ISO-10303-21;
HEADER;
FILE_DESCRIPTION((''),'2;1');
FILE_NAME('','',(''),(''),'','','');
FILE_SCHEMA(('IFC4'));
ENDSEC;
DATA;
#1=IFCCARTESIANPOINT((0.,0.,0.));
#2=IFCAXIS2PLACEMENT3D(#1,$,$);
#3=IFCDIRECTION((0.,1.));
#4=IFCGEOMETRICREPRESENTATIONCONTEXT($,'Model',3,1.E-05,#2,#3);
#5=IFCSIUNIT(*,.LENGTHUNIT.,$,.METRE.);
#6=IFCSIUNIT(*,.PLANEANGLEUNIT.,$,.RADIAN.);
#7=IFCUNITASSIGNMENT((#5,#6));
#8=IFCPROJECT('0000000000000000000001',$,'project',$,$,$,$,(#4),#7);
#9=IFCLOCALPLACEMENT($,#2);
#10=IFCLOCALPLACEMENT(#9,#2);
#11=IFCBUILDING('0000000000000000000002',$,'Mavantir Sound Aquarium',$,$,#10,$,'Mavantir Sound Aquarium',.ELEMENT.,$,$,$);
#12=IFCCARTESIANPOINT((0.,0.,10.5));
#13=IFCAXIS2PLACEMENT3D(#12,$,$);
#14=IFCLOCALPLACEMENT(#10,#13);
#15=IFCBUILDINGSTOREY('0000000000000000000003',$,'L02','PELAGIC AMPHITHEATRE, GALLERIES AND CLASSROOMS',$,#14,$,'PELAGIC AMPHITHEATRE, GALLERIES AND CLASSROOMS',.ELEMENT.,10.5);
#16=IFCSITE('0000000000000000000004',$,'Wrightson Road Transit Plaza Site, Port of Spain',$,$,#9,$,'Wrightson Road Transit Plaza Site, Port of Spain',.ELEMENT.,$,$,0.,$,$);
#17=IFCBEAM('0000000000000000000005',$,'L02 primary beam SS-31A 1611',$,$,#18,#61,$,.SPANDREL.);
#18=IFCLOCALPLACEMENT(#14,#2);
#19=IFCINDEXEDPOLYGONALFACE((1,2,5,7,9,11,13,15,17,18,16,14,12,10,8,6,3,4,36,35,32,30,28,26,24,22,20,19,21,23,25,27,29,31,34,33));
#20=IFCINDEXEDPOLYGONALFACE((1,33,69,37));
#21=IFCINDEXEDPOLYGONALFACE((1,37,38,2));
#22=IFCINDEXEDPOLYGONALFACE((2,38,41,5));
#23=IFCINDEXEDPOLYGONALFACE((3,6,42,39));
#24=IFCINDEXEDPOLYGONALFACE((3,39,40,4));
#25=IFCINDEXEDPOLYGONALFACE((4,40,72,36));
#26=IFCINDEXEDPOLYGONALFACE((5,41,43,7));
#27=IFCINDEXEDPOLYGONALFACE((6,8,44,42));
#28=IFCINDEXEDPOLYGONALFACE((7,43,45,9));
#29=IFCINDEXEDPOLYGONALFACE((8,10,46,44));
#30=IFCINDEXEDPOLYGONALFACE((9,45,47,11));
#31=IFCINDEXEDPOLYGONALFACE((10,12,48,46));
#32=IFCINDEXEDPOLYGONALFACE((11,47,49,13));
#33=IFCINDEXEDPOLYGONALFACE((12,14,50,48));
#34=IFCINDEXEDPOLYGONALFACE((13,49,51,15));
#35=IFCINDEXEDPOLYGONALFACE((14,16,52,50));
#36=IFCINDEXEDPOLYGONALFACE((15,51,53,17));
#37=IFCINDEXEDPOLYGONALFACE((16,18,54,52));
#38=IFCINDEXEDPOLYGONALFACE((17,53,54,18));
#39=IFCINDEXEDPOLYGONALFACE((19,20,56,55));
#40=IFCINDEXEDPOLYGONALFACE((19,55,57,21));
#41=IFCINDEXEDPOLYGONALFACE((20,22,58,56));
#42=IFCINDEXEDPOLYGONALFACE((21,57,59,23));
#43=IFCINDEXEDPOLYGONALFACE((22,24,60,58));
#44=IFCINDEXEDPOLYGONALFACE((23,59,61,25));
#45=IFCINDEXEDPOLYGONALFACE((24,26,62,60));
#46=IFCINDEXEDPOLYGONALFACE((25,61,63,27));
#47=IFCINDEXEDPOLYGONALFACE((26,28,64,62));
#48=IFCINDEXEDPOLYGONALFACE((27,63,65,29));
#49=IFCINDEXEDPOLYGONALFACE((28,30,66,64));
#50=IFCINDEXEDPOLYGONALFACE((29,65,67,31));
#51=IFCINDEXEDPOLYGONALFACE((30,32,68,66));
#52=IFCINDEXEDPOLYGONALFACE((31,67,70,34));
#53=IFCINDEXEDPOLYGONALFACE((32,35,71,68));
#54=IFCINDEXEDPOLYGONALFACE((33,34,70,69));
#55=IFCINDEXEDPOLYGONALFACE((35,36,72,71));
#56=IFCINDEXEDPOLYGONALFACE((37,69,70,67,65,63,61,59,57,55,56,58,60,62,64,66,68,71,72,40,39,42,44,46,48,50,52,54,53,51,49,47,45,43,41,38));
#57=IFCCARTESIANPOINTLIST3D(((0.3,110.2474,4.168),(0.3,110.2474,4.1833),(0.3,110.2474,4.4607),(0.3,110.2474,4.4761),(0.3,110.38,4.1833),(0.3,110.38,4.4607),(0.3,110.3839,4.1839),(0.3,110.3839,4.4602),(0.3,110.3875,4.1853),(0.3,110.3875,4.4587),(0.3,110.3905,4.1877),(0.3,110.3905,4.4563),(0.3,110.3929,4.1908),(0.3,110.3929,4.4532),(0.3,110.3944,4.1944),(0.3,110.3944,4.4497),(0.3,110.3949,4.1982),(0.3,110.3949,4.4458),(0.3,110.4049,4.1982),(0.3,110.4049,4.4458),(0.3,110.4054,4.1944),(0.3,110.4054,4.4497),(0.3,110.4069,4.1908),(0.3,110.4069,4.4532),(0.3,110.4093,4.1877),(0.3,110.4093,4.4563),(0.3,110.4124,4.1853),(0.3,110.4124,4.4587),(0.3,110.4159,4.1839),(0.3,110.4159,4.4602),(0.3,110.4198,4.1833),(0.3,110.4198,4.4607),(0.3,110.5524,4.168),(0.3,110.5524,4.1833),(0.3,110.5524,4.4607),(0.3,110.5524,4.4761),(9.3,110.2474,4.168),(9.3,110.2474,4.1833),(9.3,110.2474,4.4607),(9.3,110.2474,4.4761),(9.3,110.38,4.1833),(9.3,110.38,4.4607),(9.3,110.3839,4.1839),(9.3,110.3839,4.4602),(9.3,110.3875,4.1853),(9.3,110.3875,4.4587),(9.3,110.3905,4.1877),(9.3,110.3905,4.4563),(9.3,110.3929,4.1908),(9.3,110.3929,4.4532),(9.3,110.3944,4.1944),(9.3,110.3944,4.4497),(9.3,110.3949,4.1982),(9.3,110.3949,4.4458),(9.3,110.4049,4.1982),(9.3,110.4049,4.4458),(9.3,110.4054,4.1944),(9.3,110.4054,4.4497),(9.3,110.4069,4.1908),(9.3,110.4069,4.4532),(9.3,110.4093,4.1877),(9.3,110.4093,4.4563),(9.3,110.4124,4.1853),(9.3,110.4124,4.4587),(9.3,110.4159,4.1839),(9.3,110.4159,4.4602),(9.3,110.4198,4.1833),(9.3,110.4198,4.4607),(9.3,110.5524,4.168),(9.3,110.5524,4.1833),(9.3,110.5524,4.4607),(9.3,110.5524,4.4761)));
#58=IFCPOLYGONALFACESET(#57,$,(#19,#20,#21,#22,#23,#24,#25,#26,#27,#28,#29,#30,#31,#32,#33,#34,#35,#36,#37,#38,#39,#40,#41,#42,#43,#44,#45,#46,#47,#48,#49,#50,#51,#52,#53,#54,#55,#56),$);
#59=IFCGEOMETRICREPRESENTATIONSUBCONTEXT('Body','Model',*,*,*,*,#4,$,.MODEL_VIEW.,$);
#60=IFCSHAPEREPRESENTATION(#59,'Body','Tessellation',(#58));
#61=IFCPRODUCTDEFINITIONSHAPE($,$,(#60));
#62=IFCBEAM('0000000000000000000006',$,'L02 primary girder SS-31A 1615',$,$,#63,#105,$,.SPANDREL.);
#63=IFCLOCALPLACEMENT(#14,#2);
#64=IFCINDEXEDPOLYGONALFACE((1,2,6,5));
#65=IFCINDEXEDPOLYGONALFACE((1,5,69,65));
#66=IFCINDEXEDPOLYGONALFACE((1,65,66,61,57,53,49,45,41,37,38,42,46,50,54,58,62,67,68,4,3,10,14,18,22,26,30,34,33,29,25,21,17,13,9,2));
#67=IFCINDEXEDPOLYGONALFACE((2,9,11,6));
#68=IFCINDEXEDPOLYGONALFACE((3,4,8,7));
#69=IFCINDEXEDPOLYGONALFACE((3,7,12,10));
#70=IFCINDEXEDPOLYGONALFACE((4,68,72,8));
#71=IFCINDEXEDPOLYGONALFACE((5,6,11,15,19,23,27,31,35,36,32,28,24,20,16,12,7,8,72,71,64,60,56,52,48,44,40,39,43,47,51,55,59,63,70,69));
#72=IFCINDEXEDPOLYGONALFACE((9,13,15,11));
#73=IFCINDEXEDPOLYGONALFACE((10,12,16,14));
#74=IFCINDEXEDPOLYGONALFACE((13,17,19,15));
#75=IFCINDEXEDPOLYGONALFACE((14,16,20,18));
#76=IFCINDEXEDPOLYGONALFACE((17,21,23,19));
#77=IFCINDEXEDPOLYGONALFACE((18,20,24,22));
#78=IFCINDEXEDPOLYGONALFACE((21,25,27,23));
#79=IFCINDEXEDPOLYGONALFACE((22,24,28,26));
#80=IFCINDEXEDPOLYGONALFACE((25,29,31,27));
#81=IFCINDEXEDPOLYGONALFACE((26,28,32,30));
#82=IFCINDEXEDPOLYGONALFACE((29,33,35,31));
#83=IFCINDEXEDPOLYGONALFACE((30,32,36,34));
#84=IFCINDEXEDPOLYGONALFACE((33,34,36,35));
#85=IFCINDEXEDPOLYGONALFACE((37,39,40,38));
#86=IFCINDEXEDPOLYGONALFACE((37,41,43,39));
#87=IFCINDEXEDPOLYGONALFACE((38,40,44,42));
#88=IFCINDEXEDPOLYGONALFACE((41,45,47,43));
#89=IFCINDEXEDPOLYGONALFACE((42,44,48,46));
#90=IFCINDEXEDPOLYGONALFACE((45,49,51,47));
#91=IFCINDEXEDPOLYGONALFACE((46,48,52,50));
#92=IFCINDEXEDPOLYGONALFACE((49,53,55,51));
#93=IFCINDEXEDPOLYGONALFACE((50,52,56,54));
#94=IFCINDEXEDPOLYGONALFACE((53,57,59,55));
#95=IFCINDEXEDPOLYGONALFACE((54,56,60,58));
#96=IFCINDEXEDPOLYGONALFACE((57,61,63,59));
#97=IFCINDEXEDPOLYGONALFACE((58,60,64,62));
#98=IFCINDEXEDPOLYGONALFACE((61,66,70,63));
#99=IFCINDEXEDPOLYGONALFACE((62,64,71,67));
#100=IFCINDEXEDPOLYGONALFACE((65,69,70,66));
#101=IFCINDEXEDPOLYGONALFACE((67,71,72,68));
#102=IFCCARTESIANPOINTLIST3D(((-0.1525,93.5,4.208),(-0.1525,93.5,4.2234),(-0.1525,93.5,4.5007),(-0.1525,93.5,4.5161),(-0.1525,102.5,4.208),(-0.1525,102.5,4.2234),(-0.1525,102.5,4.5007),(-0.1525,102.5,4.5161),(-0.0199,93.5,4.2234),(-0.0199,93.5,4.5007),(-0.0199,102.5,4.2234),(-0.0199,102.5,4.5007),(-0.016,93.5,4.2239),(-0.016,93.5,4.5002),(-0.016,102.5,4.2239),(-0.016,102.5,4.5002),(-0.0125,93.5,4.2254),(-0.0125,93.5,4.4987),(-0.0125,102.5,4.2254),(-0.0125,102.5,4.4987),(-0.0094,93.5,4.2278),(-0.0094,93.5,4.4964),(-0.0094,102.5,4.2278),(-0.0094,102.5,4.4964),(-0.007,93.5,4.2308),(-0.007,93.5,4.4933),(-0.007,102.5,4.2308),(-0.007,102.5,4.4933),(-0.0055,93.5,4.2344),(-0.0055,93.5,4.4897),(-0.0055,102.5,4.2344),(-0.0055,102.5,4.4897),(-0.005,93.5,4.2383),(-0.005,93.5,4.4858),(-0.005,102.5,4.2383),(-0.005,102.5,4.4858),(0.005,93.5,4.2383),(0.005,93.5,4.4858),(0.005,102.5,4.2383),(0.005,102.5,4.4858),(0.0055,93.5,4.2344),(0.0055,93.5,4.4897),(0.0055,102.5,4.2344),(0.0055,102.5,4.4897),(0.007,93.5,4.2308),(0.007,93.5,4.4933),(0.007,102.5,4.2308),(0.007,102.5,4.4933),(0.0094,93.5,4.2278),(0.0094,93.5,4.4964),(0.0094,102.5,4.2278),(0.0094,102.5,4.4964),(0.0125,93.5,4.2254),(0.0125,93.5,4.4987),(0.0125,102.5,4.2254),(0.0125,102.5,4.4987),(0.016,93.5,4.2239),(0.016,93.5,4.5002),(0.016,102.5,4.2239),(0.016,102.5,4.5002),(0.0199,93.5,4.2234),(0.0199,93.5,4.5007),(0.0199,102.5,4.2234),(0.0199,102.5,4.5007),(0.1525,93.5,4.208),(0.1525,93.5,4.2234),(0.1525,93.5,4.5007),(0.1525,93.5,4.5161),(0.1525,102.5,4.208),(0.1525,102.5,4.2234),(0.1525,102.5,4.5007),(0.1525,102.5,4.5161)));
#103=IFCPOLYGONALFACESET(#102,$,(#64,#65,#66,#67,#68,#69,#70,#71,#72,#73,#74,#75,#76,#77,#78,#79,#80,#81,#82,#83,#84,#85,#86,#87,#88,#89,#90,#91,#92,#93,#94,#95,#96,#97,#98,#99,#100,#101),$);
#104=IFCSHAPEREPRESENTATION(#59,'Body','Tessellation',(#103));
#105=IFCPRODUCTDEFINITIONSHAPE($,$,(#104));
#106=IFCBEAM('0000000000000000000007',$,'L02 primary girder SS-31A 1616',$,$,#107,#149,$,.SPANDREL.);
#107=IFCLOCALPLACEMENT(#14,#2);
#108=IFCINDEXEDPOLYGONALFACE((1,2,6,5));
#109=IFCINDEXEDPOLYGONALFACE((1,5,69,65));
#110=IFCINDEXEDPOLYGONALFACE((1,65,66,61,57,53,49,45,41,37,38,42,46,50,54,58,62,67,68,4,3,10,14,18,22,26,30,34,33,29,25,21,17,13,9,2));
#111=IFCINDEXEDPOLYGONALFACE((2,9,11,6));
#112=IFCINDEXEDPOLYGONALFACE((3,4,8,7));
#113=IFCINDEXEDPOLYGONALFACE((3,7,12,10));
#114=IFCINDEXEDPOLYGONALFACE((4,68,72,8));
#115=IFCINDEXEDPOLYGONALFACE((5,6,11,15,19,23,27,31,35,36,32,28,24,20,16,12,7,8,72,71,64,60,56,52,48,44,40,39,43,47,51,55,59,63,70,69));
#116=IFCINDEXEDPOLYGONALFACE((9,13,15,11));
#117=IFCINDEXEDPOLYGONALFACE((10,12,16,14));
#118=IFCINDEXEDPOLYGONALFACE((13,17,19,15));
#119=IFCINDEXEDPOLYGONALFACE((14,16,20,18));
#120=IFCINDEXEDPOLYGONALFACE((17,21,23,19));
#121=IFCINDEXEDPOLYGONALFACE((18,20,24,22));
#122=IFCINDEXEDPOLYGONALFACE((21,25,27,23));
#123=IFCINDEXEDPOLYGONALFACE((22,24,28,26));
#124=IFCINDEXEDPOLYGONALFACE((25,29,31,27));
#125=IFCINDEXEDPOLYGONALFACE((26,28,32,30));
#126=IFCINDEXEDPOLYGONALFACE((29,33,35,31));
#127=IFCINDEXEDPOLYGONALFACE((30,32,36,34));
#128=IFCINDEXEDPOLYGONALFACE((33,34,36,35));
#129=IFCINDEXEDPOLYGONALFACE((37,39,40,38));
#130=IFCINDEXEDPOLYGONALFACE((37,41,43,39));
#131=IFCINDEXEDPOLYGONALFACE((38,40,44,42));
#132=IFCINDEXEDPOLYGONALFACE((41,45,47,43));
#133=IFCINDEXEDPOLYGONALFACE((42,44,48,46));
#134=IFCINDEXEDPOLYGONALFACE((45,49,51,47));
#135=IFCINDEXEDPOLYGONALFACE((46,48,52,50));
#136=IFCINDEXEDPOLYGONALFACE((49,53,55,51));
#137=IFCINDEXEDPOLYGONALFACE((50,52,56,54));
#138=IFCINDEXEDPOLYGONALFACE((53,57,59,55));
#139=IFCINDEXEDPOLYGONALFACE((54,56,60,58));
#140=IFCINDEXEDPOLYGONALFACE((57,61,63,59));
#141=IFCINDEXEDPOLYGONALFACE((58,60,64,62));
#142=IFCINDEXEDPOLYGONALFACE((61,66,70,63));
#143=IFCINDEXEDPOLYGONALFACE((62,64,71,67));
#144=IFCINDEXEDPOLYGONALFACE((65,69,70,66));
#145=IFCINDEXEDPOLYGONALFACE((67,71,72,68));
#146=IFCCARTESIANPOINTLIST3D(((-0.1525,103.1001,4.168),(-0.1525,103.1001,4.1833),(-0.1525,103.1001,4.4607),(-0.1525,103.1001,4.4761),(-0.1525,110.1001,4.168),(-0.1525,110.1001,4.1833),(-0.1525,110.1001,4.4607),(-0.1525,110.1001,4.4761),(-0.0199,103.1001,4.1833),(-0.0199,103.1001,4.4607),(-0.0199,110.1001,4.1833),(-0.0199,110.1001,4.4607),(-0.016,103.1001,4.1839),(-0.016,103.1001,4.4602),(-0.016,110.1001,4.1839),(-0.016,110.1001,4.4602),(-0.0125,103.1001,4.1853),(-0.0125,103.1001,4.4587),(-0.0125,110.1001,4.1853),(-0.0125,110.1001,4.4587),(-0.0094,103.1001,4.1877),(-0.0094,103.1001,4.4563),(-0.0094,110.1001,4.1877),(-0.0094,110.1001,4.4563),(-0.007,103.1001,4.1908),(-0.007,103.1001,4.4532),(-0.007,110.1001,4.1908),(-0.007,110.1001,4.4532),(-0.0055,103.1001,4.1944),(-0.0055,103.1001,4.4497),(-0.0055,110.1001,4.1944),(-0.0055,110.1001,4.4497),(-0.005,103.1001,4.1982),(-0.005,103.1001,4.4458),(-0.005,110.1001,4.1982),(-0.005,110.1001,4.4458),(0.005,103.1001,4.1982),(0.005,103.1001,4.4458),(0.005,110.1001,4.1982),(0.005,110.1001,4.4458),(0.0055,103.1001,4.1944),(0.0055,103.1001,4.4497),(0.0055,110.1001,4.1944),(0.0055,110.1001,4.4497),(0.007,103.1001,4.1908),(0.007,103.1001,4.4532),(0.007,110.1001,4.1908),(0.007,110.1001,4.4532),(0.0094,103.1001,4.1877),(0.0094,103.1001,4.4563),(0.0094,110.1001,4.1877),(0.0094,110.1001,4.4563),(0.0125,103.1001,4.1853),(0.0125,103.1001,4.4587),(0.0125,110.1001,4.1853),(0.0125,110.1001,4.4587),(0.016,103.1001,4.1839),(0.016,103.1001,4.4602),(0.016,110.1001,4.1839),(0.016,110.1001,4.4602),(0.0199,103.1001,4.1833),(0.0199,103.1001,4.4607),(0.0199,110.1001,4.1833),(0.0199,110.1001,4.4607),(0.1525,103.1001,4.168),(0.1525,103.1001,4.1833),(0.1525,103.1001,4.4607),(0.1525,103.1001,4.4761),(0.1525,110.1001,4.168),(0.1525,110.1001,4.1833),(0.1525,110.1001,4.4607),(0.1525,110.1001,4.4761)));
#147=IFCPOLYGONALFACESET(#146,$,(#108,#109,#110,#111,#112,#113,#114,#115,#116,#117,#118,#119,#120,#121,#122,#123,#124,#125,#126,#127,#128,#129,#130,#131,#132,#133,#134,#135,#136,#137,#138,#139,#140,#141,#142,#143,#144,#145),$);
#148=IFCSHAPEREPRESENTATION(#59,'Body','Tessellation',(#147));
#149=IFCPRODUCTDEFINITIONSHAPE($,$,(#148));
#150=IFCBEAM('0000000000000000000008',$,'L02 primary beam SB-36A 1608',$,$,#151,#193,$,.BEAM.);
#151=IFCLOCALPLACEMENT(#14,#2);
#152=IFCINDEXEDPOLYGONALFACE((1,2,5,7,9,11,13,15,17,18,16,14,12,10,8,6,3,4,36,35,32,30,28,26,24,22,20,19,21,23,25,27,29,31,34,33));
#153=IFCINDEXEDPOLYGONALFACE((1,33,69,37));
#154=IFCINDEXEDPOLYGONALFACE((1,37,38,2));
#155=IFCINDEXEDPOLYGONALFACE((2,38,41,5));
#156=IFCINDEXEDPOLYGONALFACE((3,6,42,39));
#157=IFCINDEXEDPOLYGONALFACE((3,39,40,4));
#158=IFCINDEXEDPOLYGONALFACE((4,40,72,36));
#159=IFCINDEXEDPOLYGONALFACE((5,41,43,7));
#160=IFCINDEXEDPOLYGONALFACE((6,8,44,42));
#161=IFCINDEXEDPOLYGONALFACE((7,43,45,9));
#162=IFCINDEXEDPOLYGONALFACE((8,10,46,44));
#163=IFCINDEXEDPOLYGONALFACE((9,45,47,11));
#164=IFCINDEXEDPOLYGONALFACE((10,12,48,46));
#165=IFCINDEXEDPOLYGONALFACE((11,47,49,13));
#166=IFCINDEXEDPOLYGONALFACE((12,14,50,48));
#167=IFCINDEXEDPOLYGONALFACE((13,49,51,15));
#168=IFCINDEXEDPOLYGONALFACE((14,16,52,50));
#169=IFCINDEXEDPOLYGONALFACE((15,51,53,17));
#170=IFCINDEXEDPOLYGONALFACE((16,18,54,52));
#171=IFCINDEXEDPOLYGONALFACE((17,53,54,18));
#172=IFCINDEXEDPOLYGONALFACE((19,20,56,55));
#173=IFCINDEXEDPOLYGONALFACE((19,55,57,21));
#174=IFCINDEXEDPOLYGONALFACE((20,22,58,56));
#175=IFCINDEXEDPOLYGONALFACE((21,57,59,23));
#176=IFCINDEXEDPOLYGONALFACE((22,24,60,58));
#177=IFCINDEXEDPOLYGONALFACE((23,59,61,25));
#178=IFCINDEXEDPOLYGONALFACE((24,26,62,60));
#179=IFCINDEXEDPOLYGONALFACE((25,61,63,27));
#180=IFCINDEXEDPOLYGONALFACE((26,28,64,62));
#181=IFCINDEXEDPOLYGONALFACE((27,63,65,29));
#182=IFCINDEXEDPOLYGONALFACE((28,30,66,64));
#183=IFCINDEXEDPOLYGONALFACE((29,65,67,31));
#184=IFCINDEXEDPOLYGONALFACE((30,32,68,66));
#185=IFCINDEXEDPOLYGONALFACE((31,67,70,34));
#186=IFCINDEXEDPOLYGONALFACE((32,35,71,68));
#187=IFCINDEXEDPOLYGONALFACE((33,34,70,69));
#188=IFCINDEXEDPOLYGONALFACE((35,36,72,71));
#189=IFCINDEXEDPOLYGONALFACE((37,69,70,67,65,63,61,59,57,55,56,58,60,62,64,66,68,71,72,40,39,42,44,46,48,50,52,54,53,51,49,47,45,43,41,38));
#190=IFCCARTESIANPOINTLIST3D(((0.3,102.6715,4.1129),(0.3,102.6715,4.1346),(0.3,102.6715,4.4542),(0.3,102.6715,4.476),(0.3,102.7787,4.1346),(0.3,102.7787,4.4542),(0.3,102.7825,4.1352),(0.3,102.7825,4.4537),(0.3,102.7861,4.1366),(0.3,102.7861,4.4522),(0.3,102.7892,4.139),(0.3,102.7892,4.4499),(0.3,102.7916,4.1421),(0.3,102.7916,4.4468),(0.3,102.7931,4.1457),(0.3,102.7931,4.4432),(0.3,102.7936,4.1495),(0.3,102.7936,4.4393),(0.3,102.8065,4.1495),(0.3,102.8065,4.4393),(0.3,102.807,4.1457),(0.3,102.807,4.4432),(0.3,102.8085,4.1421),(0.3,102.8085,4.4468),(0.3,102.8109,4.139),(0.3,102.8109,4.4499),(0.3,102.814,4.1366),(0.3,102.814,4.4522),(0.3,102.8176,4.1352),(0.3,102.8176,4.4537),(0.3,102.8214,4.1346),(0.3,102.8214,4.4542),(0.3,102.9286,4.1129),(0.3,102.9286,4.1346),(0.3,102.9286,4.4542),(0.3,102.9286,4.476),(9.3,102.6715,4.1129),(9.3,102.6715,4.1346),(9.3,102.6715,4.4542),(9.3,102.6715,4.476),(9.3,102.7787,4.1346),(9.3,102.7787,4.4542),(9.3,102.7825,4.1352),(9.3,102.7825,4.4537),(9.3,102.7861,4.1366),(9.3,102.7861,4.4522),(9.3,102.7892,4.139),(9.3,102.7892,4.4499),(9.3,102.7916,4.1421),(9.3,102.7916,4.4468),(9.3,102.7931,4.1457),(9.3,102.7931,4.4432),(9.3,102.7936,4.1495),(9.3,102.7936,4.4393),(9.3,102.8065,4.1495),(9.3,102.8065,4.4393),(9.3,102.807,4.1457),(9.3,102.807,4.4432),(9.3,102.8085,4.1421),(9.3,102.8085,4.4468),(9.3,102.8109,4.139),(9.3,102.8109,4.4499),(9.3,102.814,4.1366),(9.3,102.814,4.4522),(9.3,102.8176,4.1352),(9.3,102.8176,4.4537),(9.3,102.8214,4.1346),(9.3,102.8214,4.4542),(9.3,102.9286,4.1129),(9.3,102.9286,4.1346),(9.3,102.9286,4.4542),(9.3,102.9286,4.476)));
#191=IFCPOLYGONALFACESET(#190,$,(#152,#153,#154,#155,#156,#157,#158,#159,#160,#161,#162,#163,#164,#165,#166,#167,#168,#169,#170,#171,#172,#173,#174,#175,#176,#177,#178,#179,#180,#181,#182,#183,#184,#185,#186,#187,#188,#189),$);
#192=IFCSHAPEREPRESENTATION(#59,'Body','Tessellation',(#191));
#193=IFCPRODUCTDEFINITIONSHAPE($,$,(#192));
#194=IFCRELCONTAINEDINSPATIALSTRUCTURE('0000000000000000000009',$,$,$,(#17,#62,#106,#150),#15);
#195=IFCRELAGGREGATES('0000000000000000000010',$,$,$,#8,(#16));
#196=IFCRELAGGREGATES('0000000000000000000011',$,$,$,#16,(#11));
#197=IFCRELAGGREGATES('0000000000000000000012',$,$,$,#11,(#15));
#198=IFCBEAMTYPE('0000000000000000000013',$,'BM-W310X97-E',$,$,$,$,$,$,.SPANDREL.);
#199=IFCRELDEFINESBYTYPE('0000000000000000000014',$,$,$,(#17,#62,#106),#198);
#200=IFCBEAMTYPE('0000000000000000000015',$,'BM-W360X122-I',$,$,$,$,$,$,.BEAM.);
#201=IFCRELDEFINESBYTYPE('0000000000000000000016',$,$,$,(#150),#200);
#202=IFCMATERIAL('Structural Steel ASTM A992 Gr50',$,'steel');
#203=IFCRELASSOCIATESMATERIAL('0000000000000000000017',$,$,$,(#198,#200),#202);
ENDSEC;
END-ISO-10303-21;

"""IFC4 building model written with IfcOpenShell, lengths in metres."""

from ifc_helpers import new_model, si_unit, direction, frame, origin, origin_2d, place, context, subcontext, project, spatial, i_section, extrude, material, material_profile, profile_set, type_object, element, save


model = new_model("IFC4")

# Units and contexts
model_context = context("Model", 3, precision=1e-05, world=origin(), true_north=direction((0.0, 1.0)))
body_context = subcontext(model_context, "Body", "Model", "MODEL_VIEW")
ifc_project = project(units=[si_unit("LENGTHUNIT", "METRE"), si_unit("PLANEANGLEUNIT", "RADIAN")], contexts=[model_context])

# Site, building, storey
site_placement = place(None, origin())
site = spatial("IfcSite", under=ifc_project, at=site_placement, Name="Wrightson Road Transit Plaza Site, Port of Spain", LongName="Wrightson Road Transit Plaza Site, Port of Spain", CompositionType="ELEMENT", RefElevation=0.0)
building_placement = place(site_placement, origin())
building = spatial("IfcBuilding", under=site, at=building_placement, Name="Mavantir Sound Aquarium", LongName="Mavantir Sound Aquarium", CompositionType="ELEMENT")
storey_placement = place(building_placement, frame((0.0, 0.0, 10.5)))
storey = spatial("IfcBuildingStorey", under=building, at=storey_placement, Name="L02", Description="PELAGIC AMPHITHEATRE, GALLERIES AND CLASSROOMS", LongName="PELAGIC AMPHITHEATRE, GALLERIES AND CLASSROOMS", CompositionType="ELEMENT", Elevation=10.5)

# Beams
ifc_material_1 = material(Name="Structural Steel ASTM A992 Gr50", Category="steel")
ifc_material_profile_1 = material_profile(ifc_material_1, i_section(OverallWidth=0.3049, OverallDepth=0.3081, WebThickness=0.01, FlangeThickness=0.0154, FilletRadius=0.0149, at=origin_2d()), Name="W310X97")
ifc_profile_set_1 = profile_set([ifc_material_profile_1], Name="Structural Steel ASTM A992 Gr50")
beam_type_1 = type_object("IfcBeamType", Name="BM-W310X97-E", PredefinedType="SPANDREL", material=ifc_profile_set_1)
for number, where, z_axis, x_axis, name in (
    (1, (0.3, 110.3999, 4.322), (1.0, 0.0, 0.0), (0.0, 1.0, 0.0), "L02 primary beam SS-31A 1611"),
    (2, (0.0, 93.5, 4.3621), (0.0, 1.0, 0.0), (-1.0, 0.0, 0.0), "L02 primary girder SS-31A 1615"),
):
    element("IfcBeam", number, at=place(storey_placement, frame(where, z_axis=z_axis, x_axis=x_axis)), inside=storey, type_object=beam_type_1, Name=name, PredefinedType="SPANDREL", context=body_context, shape_type="SweptSolid", body=[
        extrude(i_section(OverallWidth=0.3049, OverallDepth=0.3081, WebThickness=0.01, FlangeThickness=0.0154, FilletRadius=0.0149, at=origin_2d()), origin(), (0.0, 0.0, 1.0), 9.0),
    ])
beam_1_placement = place(storey_placement, frame((0.0, 103.1001, 4.322), z_axis=(0.0, 1.0, 0.0), x_axis=(-1.0, 0.0, 0.0)))
element("IfcBeam", 3, at=beam_1_placement, inside=storey, type_object=beam_type_1, Name="L02 primary girder SS-31A 1616", PredefinedType="SPANDREL", context=body_context, shape_type="SweptSolid", body=[
    extrude(i_section(OverallWidth=0.3049, OverallDepth=0.3081, WebThickness=0.01, FlangeThickness=0.0154, FilletRadius=0.0149, at=origin_2d()), origin(), (0.0, 0.0, 1.0), 7.0),
])
ifc_material_profile_2 = material_profile(ifc_material_1, i_section(OverallWidth=0.2571, OverallDepth=0.363, WebThickness=0.0129, FlangeThickness=0.0217, FilletRadius=0.0149, at=origin_2d()), Name="W360X122")
ifc_profile_set_2 = profile_set([ifc_material_profile_2], Name="Structural Steel ASTM A992 Gr50")
beam_type_2 = type_object("IfcBeamType", Name="BM-W360X122-I", PredefinedType="BEAM", material=ifc_profile_set_2)
beam_2_placement = place(storey_placement, frame((0.3, 102.8, 4.2944), z_axis=(1.0, 0.0, 0.0), x_axis=(0.0, 1.0, 0.0)))
element("IfcBeam", 4, at=beam_2_placement, inside=storey, type_object=beam_type_2, Name="L02 primary beam SB-36A 1608", PredefinedType="BEAM", context=body_context, shape_type="SweptSolid", body=[
    extrude(i_section(OverallWidth=0.2571, OverallDepth=0.363, WebThickness=0.0129, FlangeThickness=0.0217, FilletRadius=0.0149, at=origin_2d()), origin(), (0.0, 0.0, 1.0), 9.0),
])

save(model, "model.ifc")
